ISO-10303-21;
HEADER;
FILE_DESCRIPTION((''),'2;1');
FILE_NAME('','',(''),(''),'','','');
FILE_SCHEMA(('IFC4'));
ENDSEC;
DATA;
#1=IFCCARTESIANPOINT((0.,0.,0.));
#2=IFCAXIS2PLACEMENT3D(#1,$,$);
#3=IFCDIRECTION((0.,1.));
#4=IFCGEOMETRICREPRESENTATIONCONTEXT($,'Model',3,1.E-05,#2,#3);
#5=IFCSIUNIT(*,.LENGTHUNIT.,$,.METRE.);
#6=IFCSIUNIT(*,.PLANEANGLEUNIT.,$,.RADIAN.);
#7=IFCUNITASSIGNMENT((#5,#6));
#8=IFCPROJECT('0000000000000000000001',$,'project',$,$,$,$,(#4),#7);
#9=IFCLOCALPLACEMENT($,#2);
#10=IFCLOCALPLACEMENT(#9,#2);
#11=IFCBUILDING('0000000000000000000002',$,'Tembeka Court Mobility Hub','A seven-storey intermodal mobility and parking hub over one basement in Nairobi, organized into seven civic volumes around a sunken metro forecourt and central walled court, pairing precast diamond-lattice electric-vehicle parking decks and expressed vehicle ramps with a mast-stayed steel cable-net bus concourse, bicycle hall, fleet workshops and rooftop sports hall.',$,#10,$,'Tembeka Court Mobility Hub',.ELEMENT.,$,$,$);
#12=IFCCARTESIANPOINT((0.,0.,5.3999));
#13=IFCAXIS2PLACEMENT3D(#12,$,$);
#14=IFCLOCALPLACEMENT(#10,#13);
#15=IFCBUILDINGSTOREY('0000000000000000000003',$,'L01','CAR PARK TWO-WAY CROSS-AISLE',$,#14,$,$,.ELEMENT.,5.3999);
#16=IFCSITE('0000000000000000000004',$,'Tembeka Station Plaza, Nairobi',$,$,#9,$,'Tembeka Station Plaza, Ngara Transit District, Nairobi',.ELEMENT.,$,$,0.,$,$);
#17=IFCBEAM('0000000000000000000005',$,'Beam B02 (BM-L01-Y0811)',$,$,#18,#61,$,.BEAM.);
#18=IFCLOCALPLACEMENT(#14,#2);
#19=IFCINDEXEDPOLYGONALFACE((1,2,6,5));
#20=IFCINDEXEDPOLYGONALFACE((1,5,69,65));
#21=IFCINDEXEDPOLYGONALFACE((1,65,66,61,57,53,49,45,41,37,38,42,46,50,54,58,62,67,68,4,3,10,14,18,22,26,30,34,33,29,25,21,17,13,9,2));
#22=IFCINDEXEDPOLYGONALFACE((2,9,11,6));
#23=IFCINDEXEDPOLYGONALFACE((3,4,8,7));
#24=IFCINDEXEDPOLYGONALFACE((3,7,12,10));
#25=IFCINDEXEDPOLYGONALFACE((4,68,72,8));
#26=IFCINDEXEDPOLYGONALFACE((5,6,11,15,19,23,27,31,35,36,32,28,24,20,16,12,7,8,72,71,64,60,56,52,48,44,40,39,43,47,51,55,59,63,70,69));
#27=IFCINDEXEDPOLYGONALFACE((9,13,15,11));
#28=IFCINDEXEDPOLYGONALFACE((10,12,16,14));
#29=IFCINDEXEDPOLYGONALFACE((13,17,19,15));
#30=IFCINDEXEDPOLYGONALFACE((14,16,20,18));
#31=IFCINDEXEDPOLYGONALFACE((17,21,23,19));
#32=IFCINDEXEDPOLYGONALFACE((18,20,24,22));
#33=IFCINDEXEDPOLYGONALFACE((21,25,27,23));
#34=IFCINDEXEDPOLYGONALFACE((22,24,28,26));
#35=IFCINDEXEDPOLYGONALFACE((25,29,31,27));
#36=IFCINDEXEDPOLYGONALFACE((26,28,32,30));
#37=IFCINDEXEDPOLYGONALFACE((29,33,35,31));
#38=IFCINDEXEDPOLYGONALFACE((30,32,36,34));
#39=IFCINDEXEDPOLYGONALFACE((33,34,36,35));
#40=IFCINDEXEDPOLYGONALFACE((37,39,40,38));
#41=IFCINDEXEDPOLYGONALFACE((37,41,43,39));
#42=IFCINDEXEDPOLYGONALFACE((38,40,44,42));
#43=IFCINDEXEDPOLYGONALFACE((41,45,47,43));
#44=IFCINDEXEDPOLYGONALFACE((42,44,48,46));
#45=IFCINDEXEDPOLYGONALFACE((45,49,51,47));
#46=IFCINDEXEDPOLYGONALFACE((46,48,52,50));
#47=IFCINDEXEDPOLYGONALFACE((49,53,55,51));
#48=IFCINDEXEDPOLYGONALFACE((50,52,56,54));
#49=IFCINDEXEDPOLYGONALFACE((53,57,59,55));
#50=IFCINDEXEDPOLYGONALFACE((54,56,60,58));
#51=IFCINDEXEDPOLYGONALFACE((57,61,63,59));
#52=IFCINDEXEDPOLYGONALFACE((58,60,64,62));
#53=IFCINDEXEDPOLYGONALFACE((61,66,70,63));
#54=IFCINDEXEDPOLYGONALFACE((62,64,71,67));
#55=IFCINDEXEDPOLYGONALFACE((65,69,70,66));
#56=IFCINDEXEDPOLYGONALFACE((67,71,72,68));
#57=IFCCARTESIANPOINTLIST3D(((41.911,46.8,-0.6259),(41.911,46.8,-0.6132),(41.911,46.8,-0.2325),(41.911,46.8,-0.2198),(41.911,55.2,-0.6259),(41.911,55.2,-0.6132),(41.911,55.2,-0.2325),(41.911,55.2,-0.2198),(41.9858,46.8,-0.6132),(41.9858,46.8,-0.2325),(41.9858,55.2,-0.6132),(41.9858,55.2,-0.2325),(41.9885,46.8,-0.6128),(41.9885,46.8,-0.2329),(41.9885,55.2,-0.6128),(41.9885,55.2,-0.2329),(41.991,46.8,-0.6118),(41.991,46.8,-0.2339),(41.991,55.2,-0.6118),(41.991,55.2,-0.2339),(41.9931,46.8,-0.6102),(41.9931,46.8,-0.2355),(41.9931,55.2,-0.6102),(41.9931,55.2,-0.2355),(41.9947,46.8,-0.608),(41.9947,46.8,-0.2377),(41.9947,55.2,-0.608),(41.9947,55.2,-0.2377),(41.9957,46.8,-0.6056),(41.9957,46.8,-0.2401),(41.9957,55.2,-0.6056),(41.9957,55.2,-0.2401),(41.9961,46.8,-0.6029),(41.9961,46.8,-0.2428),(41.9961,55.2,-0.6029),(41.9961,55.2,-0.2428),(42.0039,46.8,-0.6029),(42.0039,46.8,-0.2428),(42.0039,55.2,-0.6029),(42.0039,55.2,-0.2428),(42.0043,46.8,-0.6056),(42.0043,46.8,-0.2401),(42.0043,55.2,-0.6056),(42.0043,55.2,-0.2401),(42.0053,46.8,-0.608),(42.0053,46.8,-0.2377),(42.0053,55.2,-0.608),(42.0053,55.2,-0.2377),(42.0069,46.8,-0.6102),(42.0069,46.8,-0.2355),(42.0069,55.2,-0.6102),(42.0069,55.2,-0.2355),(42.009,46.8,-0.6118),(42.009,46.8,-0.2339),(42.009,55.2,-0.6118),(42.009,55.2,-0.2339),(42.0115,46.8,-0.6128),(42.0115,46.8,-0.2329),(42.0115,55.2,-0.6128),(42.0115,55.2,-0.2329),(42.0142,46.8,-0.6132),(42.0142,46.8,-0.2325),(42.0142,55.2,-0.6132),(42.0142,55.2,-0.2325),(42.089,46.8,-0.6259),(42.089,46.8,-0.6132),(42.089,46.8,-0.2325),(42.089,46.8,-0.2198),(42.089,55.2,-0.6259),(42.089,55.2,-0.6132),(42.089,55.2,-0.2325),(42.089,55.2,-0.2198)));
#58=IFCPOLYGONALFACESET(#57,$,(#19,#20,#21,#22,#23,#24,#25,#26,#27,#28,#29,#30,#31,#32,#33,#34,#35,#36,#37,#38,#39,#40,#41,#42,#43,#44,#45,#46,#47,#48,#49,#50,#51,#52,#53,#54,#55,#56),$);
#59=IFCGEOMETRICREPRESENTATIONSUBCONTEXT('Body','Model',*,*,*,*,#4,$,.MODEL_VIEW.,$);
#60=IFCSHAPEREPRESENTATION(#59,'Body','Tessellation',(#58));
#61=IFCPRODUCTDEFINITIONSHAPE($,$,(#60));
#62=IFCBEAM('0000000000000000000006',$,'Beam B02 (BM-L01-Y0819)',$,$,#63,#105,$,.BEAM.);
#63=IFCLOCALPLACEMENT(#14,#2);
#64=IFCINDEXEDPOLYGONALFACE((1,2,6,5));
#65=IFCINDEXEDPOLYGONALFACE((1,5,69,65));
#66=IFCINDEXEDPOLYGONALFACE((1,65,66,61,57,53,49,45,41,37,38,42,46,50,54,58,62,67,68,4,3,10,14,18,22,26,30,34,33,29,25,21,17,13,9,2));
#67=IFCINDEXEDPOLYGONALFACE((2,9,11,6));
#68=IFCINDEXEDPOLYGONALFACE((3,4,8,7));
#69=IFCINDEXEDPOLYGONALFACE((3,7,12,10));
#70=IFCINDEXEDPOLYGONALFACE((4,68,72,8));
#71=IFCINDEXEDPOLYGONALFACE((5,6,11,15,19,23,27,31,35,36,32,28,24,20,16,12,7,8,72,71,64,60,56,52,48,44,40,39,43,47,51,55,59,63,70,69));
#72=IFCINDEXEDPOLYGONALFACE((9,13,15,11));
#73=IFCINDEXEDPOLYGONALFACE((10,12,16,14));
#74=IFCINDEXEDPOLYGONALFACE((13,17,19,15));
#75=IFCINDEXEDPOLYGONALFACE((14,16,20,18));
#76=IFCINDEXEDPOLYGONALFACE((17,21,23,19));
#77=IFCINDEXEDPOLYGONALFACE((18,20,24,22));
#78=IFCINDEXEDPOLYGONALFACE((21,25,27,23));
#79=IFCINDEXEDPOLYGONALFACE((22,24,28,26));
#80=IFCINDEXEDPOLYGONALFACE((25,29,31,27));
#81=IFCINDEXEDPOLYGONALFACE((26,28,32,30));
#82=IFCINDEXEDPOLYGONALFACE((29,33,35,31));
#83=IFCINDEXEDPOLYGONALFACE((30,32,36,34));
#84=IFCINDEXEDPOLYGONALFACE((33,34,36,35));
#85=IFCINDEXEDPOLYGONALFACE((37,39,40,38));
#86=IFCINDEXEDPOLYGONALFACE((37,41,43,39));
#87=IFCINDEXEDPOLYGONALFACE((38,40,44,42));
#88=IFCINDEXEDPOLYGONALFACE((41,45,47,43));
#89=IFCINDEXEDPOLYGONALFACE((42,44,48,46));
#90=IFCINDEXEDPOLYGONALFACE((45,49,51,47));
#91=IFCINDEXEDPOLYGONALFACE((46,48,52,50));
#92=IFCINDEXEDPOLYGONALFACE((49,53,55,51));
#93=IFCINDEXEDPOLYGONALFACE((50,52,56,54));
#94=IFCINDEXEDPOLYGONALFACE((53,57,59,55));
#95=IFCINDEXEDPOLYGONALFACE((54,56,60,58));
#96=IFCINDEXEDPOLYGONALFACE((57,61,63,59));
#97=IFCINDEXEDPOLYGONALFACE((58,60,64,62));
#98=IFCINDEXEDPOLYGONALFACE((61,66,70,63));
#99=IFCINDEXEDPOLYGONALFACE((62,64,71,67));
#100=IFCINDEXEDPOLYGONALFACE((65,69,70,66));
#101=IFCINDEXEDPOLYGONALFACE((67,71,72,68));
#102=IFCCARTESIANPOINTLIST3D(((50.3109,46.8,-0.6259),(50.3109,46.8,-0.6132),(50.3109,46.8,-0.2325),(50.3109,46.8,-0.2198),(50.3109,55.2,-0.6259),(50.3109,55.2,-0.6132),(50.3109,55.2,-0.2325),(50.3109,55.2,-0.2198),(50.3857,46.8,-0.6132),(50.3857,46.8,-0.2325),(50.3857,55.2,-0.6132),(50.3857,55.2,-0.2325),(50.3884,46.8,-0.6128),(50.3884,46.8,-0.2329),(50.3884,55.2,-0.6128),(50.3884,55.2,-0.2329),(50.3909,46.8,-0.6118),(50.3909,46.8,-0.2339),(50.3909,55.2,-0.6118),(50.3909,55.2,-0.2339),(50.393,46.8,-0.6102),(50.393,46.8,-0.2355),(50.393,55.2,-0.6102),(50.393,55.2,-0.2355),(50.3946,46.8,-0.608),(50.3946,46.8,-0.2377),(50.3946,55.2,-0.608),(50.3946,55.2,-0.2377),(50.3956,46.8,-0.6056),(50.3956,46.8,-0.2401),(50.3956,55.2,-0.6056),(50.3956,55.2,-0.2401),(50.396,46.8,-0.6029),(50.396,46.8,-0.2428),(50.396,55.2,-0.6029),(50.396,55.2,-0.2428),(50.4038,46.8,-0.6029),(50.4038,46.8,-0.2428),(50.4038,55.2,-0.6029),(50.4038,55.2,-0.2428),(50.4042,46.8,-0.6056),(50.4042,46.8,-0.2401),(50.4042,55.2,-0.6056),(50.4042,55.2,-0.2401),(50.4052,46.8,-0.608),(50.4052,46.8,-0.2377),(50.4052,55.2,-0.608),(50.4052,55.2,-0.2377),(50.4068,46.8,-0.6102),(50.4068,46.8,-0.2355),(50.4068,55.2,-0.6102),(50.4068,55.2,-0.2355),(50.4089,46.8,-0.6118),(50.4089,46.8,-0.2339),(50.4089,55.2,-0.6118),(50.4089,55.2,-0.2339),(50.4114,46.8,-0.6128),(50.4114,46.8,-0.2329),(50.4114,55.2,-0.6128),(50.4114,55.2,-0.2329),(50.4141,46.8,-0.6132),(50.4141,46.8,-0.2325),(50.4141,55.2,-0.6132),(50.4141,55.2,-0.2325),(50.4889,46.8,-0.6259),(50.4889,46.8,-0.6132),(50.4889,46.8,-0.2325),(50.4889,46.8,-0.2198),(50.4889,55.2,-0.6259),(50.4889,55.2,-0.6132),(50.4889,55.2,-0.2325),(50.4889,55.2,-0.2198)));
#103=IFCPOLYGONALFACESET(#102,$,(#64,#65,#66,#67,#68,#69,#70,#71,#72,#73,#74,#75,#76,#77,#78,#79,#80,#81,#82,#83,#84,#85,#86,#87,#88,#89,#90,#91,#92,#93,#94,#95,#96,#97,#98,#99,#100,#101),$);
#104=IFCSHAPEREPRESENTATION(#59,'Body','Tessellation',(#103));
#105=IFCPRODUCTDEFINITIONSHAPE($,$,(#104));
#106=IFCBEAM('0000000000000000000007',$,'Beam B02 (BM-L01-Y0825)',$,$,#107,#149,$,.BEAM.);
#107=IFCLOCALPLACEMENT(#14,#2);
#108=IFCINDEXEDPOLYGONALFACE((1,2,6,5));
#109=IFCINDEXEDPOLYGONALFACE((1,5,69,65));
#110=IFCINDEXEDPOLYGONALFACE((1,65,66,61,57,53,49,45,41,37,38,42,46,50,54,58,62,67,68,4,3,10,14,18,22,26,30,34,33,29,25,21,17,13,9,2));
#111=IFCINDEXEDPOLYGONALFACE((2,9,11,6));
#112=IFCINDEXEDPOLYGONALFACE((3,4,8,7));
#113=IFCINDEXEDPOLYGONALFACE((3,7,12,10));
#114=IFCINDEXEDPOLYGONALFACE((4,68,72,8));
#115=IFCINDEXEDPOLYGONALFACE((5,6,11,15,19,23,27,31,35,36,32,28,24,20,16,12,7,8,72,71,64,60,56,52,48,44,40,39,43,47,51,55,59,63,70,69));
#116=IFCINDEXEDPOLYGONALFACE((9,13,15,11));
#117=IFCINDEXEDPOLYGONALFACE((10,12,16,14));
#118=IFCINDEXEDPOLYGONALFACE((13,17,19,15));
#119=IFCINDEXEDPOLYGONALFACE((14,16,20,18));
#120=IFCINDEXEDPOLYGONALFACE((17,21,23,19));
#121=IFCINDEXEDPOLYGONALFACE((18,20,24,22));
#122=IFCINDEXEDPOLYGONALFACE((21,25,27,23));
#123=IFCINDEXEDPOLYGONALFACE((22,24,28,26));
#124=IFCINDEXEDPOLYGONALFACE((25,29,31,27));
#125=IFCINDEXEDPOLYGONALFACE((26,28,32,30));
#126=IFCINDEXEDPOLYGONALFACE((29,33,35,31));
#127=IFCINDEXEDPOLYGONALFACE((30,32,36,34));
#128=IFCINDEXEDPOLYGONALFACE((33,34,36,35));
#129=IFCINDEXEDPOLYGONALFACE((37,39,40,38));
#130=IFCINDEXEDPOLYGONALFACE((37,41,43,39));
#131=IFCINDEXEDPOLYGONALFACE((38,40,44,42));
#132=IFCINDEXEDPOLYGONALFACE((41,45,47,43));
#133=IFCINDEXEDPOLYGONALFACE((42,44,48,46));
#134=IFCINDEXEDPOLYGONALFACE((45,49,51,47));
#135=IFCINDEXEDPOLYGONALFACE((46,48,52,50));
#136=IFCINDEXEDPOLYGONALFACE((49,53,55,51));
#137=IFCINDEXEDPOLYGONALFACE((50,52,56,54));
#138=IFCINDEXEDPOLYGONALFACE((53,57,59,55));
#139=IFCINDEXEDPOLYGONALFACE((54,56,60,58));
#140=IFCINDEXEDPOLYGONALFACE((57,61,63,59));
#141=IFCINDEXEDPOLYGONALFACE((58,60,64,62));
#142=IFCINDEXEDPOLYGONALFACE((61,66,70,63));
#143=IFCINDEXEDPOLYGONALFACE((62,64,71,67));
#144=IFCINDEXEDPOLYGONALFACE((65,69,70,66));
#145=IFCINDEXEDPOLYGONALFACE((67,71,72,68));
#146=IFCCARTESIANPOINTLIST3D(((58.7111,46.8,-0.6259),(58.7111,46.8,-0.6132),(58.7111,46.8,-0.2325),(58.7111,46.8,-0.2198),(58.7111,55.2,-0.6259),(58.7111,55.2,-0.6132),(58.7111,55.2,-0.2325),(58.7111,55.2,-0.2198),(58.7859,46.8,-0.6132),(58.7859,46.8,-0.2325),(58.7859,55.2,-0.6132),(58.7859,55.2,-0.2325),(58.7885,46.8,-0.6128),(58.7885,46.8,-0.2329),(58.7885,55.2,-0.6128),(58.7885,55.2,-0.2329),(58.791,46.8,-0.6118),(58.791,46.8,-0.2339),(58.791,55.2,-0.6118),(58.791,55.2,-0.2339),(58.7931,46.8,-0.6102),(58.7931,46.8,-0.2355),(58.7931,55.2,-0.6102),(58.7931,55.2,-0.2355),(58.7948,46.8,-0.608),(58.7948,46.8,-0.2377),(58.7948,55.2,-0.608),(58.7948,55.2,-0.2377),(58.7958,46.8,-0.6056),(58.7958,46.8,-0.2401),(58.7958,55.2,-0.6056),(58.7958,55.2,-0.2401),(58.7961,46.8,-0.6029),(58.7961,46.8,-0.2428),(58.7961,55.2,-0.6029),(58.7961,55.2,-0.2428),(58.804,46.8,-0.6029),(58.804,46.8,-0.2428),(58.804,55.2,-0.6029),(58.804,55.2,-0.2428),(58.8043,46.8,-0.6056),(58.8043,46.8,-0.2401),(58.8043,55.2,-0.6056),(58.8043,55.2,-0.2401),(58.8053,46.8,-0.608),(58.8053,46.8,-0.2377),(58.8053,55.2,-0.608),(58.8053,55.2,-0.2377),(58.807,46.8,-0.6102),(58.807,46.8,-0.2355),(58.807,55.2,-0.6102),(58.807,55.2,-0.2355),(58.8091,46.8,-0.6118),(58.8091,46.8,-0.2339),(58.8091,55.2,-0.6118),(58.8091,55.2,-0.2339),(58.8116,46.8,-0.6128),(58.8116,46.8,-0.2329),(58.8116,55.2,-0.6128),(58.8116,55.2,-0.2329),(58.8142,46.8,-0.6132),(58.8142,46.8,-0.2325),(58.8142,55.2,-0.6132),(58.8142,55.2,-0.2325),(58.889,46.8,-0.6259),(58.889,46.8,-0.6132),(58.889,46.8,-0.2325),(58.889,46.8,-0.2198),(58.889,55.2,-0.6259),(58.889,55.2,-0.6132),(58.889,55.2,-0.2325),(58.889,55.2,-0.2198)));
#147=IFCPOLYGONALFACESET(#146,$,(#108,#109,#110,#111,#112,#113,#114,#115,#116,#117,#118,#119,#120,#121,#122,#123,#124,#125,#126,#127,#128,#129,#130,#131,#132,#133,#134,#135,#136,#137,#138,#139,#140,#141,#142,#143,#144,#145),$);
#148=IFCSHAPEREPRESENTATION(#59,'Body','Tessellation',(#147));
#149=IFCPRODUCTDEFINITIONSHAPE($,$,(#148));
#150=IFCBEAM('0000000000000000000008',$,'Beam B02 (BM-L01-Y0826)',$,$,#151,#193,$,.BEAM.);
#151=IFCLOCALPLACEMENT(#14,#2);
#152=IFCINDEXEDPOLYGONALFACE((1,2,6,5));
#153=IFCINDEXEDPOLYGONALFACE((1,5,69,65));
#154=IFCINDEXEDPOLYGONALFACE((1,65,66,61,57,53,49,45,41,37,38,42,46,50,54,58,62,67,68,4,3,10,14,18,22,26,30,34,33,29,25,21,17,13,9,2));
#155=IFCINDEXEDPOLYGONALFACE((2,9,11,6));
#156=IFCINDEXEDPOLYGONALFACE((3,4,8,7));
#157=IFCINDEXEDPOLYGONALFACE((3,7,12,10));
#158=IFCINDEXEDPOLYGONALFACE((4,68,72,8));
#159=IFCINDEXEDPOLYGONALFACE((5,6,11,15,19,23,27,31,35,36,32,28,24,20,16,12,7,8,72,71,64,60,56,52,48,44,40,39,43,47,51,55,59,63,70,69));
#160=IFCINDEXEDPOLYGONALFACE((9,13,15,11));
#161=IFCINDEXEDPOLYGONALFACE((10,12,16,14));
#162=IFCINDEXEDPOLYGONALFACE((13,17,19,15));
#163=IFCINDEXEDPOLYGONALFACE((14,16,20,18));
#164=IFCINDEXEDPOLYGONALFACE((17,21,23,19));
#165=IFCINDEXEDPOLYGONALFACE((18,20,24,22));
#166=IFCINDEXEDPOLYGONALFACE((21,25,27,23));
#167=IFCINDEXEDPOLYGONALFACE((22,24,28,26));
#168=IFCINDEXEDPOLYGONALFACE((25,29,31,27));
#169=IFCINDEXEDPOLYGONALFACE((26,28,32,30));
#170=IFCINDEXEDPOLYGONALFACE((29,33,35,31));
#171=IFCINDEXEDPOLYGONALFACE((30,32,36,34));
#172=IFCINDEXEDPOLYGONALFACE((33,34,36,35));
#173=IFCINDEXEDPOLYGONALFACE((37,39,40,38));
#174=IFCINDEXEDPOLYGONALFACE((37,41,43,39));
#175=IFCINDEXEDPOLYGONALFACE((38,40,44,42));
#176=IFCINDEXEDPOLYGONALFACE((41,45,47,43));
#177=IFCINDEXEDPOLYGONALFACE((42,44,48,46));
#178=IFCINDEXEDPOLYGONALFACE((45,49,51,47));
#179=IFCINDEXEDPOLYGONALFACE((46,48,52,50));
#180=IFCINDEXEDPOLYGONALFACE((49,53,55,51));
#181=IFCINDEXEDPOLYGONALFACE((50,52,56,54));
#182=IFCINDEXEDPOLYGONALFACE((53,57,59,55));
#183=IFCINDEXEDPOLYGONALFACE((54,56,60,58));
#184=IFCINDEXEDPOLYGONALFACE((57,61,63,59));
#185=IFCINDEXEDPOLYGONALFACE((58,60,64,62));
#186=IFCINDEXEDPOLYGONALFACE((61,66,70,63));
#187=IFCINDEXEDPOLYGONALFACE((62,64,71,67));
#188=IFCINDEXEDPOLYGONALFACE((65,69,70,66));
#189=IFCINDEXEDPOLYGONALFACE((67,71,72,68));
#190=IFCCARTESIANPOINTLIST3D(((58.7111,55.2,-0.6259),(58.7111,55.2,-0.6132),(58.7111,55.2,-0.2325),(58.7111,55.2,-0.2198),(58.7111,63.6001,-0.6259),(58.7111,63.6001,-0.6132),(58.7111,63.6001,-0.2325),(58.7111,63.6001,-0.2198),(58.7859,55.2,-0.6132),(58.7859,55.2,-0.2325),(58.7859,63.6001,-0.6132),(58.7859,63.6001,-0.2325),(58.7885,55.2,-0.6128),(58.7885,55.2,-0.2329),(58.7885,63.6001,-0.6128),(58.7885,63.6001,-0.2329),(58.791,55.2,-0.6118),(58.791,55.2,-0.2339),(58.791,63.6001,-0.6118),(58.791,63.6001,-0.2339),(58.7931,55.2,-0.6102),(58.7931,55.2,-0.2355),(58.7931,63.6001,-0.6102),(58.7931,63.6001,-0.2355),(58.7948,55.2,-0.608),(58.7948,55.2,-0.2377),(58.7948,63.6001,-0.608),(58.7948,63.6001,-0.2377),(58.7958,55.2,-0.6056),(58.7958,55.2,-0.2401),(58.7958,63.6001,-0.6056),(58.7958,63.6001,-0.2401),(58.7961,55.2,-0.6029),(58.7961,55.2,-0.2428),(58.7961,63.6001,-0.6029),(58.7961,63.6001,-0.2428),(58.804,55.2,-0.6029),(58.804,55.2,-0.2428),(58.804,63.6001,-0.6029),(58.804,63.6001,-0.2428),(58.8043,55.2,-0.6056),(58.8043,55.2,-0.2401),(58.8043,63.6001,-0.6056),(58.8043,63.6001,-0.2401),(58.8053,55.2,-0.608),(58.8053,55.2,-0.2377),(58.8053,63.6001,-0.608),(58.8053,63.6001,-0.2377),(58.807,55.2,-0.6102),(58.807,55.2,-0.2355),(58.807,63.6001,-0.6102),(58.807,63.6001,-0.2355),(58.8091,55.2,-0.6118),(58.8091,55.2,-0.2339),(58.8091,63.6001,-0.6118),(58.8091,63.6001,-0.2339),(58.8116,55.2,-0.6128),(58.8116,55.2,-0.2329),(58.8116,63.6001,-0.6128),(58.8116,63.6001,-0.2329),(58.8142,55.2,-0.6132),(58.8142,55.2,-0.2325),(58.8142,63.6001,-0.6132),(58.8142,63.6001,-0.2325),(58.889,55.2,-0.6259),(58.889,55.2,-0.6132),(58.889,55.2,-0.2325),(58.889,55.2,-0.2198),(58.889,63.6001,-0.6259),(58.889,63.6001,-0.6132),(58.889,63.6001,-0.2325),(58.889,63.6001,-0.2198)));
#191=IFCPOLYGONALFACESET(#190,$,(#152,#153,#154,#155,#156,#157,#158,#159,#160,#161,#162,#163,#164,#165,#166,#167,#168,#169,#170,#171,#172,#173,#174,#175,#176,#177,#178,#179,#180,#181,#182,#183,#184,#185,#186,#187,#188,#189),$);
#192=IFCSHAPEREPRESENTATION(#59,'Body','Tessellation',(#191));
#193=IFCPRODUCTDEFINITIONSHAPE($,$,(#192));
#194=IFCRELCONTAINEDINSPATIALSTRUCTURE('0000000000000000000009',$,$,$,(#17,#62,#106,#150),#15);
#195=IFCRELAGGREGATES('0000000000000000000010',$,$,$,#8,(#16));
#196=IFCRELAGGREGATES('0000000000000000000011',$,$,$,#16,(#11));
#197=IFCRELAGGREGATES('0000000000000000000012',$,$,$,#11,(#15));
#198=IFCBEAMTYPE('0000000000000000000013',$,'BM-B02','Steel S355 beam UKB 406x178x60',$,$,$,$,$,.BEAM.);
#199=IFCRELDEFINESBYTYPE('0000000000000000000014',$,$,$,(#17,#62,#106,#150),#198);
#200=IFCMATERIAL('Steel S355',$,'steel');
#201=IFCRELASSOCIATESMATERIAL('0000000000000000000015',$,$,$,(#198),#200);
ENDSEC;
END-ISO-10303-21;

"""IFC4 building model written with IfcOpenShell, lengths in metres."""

from ifc_helpers import new_model, si_unit, direction, frame, origin, origin_2d, place, context, subcontext, project, spatial, i_section, extrude, material, material_profile, profile_set, type_object, element, save


model = new_model("IFC4")

# Units and contexts
model_context = context("Model", 3, precision=1e-05, world=origin(), true_north=direction((0.0, 1.0)))
body_context = subcontext(model_context, "Body", "Model", "MODEL_VIEW")
ifc_project = project(units=[si_unit("LENGTHUNIT", "METRE"), si_unit("PLANEANGLEUNIT", "RADIAN")], contexts=[model_context])

# Site, building, storey
site_placement = place(None, origin())
site = spatial("IfcSite", under=ifc_project, at=site_placement, Name="Tembeka Station Plaza, Nairobi", LongName="Tembeka Station Plaza, Ngara Transit District, Nairobi", CompositionType="ELEMENT", RefElevation=0.0)
building_placement = place(site_placement, origin())
building = spatial("IfcBuilding", under=site, at=building_placement, Name="Tembeka Court Mobility Hub", Description="A seven-storey intermodal mobility and parking hub over one basement in Nairobi, organized into seven civic volumes around a sunken metro forecourt and central walled court, pairing precast diamond-lattice electric-vehicle parking decks and expressed vehicle ramps with a mast-stayed steel cable-net bus concourse, bicycle hall, fleet workshops and rooftop sports hall.", LongName="Tembeka Court Mobility Hub", CompositionType="ELEMENT")
storey_placement = place(building_placement, frame((0.0, 0.0, 5.3999)))
storey = spatial("IfcBuildingStorey", under=building, at=storey_placement, Name="L01", Description="CAR PARK TWO-WAY CROSS-AISLE", CompositionType="ELEMENT", Elevation=5.3999)

# Shared definitions
ifc_material_1 = material(Name="Steel S355", Category="steel")

# Beams
ifc_material_profile_1 = material_profile(ifc_material_1, i_section(OverallWidth=0.178, OverallDepth=0.406, WebThickness=0.0078, FlangeThickness=0.0127, FilletRadius=0.0103, at=origin_2d()), Name="UKB 406x178x60")
ifc_profile_set_1 = profile_set([ifc_material_profile_1], Name="Steel S355")
beam_type_1 = type_object("IfcBeamType", Name="BM-B02", Description="Steel S355 beam UKB 406x178x60", PredefinedType="BEAM", material=ifc_profile_set_1)
for number, where, z_axis, x_axis, name in (
    (1, (42.0, 46.8, -0.4229), (0.0, 1.0, 0.0), (-1.0, 0.0, 0.0), "Beam B02 (BM-L01-Y0811)"),
    (2, (50.3999, 46.8, -0.4229), (0.0, 1.0, 0.0), (-1.0, 0.0, 0.0), "Beam B02 (BM-L01-Y0819)"),
    (3, (58.8, 46.8, -0.4229), (0.0, 1.0, 0.0), (-1.0, 0.0, 0.0), "Beam B02 (BM-L01-Y0825)"),
):
    element("IfcBeam", number, at=place(storey_placement, frame(where, z_axis=z_axis, x_axis=x_axis)), inside=storey, type_object=beam_type_1, Name=name, PredefinedType="BEAM", context=body_context, shape_type="SweptSolid", body=[
        extrude(i_section(OverallWidth=0.178, OverallDepth=0.406, WebThickness=0.0078, FlangeThickness=0.0127, FilletRadius=0.0103, at=origin_2d()), origin(), (0.0, 0.0, 1.0), 8.3999),
    ])
beam_1_placement = place(storey_placement, frame((58.8, 55.2, -0.4229), z_axis=(0.0, 1.0, 0.0), x_axis=(-1.0, 0.0, 0.0)))
element("IfcBeam", 4, at=beam_1_placement, inside=storey, type_object=beam_type_1, Name="Beam B02 (BM-L01-Y0826)", PredefinedType="BEAM", context=body_context, shape_type="SweptSolid", body=[
    extrude(i_section(OverallWidth=0.178, OverallDepth=0.406, WebThickness=0.0078, FlangeThickness=0.0127, FilletRadius=0.0103, at=origin_2d()), origin(), (0.0, 0.0, 1.0), 8.4001),
])

save(model, "model.ifc")
